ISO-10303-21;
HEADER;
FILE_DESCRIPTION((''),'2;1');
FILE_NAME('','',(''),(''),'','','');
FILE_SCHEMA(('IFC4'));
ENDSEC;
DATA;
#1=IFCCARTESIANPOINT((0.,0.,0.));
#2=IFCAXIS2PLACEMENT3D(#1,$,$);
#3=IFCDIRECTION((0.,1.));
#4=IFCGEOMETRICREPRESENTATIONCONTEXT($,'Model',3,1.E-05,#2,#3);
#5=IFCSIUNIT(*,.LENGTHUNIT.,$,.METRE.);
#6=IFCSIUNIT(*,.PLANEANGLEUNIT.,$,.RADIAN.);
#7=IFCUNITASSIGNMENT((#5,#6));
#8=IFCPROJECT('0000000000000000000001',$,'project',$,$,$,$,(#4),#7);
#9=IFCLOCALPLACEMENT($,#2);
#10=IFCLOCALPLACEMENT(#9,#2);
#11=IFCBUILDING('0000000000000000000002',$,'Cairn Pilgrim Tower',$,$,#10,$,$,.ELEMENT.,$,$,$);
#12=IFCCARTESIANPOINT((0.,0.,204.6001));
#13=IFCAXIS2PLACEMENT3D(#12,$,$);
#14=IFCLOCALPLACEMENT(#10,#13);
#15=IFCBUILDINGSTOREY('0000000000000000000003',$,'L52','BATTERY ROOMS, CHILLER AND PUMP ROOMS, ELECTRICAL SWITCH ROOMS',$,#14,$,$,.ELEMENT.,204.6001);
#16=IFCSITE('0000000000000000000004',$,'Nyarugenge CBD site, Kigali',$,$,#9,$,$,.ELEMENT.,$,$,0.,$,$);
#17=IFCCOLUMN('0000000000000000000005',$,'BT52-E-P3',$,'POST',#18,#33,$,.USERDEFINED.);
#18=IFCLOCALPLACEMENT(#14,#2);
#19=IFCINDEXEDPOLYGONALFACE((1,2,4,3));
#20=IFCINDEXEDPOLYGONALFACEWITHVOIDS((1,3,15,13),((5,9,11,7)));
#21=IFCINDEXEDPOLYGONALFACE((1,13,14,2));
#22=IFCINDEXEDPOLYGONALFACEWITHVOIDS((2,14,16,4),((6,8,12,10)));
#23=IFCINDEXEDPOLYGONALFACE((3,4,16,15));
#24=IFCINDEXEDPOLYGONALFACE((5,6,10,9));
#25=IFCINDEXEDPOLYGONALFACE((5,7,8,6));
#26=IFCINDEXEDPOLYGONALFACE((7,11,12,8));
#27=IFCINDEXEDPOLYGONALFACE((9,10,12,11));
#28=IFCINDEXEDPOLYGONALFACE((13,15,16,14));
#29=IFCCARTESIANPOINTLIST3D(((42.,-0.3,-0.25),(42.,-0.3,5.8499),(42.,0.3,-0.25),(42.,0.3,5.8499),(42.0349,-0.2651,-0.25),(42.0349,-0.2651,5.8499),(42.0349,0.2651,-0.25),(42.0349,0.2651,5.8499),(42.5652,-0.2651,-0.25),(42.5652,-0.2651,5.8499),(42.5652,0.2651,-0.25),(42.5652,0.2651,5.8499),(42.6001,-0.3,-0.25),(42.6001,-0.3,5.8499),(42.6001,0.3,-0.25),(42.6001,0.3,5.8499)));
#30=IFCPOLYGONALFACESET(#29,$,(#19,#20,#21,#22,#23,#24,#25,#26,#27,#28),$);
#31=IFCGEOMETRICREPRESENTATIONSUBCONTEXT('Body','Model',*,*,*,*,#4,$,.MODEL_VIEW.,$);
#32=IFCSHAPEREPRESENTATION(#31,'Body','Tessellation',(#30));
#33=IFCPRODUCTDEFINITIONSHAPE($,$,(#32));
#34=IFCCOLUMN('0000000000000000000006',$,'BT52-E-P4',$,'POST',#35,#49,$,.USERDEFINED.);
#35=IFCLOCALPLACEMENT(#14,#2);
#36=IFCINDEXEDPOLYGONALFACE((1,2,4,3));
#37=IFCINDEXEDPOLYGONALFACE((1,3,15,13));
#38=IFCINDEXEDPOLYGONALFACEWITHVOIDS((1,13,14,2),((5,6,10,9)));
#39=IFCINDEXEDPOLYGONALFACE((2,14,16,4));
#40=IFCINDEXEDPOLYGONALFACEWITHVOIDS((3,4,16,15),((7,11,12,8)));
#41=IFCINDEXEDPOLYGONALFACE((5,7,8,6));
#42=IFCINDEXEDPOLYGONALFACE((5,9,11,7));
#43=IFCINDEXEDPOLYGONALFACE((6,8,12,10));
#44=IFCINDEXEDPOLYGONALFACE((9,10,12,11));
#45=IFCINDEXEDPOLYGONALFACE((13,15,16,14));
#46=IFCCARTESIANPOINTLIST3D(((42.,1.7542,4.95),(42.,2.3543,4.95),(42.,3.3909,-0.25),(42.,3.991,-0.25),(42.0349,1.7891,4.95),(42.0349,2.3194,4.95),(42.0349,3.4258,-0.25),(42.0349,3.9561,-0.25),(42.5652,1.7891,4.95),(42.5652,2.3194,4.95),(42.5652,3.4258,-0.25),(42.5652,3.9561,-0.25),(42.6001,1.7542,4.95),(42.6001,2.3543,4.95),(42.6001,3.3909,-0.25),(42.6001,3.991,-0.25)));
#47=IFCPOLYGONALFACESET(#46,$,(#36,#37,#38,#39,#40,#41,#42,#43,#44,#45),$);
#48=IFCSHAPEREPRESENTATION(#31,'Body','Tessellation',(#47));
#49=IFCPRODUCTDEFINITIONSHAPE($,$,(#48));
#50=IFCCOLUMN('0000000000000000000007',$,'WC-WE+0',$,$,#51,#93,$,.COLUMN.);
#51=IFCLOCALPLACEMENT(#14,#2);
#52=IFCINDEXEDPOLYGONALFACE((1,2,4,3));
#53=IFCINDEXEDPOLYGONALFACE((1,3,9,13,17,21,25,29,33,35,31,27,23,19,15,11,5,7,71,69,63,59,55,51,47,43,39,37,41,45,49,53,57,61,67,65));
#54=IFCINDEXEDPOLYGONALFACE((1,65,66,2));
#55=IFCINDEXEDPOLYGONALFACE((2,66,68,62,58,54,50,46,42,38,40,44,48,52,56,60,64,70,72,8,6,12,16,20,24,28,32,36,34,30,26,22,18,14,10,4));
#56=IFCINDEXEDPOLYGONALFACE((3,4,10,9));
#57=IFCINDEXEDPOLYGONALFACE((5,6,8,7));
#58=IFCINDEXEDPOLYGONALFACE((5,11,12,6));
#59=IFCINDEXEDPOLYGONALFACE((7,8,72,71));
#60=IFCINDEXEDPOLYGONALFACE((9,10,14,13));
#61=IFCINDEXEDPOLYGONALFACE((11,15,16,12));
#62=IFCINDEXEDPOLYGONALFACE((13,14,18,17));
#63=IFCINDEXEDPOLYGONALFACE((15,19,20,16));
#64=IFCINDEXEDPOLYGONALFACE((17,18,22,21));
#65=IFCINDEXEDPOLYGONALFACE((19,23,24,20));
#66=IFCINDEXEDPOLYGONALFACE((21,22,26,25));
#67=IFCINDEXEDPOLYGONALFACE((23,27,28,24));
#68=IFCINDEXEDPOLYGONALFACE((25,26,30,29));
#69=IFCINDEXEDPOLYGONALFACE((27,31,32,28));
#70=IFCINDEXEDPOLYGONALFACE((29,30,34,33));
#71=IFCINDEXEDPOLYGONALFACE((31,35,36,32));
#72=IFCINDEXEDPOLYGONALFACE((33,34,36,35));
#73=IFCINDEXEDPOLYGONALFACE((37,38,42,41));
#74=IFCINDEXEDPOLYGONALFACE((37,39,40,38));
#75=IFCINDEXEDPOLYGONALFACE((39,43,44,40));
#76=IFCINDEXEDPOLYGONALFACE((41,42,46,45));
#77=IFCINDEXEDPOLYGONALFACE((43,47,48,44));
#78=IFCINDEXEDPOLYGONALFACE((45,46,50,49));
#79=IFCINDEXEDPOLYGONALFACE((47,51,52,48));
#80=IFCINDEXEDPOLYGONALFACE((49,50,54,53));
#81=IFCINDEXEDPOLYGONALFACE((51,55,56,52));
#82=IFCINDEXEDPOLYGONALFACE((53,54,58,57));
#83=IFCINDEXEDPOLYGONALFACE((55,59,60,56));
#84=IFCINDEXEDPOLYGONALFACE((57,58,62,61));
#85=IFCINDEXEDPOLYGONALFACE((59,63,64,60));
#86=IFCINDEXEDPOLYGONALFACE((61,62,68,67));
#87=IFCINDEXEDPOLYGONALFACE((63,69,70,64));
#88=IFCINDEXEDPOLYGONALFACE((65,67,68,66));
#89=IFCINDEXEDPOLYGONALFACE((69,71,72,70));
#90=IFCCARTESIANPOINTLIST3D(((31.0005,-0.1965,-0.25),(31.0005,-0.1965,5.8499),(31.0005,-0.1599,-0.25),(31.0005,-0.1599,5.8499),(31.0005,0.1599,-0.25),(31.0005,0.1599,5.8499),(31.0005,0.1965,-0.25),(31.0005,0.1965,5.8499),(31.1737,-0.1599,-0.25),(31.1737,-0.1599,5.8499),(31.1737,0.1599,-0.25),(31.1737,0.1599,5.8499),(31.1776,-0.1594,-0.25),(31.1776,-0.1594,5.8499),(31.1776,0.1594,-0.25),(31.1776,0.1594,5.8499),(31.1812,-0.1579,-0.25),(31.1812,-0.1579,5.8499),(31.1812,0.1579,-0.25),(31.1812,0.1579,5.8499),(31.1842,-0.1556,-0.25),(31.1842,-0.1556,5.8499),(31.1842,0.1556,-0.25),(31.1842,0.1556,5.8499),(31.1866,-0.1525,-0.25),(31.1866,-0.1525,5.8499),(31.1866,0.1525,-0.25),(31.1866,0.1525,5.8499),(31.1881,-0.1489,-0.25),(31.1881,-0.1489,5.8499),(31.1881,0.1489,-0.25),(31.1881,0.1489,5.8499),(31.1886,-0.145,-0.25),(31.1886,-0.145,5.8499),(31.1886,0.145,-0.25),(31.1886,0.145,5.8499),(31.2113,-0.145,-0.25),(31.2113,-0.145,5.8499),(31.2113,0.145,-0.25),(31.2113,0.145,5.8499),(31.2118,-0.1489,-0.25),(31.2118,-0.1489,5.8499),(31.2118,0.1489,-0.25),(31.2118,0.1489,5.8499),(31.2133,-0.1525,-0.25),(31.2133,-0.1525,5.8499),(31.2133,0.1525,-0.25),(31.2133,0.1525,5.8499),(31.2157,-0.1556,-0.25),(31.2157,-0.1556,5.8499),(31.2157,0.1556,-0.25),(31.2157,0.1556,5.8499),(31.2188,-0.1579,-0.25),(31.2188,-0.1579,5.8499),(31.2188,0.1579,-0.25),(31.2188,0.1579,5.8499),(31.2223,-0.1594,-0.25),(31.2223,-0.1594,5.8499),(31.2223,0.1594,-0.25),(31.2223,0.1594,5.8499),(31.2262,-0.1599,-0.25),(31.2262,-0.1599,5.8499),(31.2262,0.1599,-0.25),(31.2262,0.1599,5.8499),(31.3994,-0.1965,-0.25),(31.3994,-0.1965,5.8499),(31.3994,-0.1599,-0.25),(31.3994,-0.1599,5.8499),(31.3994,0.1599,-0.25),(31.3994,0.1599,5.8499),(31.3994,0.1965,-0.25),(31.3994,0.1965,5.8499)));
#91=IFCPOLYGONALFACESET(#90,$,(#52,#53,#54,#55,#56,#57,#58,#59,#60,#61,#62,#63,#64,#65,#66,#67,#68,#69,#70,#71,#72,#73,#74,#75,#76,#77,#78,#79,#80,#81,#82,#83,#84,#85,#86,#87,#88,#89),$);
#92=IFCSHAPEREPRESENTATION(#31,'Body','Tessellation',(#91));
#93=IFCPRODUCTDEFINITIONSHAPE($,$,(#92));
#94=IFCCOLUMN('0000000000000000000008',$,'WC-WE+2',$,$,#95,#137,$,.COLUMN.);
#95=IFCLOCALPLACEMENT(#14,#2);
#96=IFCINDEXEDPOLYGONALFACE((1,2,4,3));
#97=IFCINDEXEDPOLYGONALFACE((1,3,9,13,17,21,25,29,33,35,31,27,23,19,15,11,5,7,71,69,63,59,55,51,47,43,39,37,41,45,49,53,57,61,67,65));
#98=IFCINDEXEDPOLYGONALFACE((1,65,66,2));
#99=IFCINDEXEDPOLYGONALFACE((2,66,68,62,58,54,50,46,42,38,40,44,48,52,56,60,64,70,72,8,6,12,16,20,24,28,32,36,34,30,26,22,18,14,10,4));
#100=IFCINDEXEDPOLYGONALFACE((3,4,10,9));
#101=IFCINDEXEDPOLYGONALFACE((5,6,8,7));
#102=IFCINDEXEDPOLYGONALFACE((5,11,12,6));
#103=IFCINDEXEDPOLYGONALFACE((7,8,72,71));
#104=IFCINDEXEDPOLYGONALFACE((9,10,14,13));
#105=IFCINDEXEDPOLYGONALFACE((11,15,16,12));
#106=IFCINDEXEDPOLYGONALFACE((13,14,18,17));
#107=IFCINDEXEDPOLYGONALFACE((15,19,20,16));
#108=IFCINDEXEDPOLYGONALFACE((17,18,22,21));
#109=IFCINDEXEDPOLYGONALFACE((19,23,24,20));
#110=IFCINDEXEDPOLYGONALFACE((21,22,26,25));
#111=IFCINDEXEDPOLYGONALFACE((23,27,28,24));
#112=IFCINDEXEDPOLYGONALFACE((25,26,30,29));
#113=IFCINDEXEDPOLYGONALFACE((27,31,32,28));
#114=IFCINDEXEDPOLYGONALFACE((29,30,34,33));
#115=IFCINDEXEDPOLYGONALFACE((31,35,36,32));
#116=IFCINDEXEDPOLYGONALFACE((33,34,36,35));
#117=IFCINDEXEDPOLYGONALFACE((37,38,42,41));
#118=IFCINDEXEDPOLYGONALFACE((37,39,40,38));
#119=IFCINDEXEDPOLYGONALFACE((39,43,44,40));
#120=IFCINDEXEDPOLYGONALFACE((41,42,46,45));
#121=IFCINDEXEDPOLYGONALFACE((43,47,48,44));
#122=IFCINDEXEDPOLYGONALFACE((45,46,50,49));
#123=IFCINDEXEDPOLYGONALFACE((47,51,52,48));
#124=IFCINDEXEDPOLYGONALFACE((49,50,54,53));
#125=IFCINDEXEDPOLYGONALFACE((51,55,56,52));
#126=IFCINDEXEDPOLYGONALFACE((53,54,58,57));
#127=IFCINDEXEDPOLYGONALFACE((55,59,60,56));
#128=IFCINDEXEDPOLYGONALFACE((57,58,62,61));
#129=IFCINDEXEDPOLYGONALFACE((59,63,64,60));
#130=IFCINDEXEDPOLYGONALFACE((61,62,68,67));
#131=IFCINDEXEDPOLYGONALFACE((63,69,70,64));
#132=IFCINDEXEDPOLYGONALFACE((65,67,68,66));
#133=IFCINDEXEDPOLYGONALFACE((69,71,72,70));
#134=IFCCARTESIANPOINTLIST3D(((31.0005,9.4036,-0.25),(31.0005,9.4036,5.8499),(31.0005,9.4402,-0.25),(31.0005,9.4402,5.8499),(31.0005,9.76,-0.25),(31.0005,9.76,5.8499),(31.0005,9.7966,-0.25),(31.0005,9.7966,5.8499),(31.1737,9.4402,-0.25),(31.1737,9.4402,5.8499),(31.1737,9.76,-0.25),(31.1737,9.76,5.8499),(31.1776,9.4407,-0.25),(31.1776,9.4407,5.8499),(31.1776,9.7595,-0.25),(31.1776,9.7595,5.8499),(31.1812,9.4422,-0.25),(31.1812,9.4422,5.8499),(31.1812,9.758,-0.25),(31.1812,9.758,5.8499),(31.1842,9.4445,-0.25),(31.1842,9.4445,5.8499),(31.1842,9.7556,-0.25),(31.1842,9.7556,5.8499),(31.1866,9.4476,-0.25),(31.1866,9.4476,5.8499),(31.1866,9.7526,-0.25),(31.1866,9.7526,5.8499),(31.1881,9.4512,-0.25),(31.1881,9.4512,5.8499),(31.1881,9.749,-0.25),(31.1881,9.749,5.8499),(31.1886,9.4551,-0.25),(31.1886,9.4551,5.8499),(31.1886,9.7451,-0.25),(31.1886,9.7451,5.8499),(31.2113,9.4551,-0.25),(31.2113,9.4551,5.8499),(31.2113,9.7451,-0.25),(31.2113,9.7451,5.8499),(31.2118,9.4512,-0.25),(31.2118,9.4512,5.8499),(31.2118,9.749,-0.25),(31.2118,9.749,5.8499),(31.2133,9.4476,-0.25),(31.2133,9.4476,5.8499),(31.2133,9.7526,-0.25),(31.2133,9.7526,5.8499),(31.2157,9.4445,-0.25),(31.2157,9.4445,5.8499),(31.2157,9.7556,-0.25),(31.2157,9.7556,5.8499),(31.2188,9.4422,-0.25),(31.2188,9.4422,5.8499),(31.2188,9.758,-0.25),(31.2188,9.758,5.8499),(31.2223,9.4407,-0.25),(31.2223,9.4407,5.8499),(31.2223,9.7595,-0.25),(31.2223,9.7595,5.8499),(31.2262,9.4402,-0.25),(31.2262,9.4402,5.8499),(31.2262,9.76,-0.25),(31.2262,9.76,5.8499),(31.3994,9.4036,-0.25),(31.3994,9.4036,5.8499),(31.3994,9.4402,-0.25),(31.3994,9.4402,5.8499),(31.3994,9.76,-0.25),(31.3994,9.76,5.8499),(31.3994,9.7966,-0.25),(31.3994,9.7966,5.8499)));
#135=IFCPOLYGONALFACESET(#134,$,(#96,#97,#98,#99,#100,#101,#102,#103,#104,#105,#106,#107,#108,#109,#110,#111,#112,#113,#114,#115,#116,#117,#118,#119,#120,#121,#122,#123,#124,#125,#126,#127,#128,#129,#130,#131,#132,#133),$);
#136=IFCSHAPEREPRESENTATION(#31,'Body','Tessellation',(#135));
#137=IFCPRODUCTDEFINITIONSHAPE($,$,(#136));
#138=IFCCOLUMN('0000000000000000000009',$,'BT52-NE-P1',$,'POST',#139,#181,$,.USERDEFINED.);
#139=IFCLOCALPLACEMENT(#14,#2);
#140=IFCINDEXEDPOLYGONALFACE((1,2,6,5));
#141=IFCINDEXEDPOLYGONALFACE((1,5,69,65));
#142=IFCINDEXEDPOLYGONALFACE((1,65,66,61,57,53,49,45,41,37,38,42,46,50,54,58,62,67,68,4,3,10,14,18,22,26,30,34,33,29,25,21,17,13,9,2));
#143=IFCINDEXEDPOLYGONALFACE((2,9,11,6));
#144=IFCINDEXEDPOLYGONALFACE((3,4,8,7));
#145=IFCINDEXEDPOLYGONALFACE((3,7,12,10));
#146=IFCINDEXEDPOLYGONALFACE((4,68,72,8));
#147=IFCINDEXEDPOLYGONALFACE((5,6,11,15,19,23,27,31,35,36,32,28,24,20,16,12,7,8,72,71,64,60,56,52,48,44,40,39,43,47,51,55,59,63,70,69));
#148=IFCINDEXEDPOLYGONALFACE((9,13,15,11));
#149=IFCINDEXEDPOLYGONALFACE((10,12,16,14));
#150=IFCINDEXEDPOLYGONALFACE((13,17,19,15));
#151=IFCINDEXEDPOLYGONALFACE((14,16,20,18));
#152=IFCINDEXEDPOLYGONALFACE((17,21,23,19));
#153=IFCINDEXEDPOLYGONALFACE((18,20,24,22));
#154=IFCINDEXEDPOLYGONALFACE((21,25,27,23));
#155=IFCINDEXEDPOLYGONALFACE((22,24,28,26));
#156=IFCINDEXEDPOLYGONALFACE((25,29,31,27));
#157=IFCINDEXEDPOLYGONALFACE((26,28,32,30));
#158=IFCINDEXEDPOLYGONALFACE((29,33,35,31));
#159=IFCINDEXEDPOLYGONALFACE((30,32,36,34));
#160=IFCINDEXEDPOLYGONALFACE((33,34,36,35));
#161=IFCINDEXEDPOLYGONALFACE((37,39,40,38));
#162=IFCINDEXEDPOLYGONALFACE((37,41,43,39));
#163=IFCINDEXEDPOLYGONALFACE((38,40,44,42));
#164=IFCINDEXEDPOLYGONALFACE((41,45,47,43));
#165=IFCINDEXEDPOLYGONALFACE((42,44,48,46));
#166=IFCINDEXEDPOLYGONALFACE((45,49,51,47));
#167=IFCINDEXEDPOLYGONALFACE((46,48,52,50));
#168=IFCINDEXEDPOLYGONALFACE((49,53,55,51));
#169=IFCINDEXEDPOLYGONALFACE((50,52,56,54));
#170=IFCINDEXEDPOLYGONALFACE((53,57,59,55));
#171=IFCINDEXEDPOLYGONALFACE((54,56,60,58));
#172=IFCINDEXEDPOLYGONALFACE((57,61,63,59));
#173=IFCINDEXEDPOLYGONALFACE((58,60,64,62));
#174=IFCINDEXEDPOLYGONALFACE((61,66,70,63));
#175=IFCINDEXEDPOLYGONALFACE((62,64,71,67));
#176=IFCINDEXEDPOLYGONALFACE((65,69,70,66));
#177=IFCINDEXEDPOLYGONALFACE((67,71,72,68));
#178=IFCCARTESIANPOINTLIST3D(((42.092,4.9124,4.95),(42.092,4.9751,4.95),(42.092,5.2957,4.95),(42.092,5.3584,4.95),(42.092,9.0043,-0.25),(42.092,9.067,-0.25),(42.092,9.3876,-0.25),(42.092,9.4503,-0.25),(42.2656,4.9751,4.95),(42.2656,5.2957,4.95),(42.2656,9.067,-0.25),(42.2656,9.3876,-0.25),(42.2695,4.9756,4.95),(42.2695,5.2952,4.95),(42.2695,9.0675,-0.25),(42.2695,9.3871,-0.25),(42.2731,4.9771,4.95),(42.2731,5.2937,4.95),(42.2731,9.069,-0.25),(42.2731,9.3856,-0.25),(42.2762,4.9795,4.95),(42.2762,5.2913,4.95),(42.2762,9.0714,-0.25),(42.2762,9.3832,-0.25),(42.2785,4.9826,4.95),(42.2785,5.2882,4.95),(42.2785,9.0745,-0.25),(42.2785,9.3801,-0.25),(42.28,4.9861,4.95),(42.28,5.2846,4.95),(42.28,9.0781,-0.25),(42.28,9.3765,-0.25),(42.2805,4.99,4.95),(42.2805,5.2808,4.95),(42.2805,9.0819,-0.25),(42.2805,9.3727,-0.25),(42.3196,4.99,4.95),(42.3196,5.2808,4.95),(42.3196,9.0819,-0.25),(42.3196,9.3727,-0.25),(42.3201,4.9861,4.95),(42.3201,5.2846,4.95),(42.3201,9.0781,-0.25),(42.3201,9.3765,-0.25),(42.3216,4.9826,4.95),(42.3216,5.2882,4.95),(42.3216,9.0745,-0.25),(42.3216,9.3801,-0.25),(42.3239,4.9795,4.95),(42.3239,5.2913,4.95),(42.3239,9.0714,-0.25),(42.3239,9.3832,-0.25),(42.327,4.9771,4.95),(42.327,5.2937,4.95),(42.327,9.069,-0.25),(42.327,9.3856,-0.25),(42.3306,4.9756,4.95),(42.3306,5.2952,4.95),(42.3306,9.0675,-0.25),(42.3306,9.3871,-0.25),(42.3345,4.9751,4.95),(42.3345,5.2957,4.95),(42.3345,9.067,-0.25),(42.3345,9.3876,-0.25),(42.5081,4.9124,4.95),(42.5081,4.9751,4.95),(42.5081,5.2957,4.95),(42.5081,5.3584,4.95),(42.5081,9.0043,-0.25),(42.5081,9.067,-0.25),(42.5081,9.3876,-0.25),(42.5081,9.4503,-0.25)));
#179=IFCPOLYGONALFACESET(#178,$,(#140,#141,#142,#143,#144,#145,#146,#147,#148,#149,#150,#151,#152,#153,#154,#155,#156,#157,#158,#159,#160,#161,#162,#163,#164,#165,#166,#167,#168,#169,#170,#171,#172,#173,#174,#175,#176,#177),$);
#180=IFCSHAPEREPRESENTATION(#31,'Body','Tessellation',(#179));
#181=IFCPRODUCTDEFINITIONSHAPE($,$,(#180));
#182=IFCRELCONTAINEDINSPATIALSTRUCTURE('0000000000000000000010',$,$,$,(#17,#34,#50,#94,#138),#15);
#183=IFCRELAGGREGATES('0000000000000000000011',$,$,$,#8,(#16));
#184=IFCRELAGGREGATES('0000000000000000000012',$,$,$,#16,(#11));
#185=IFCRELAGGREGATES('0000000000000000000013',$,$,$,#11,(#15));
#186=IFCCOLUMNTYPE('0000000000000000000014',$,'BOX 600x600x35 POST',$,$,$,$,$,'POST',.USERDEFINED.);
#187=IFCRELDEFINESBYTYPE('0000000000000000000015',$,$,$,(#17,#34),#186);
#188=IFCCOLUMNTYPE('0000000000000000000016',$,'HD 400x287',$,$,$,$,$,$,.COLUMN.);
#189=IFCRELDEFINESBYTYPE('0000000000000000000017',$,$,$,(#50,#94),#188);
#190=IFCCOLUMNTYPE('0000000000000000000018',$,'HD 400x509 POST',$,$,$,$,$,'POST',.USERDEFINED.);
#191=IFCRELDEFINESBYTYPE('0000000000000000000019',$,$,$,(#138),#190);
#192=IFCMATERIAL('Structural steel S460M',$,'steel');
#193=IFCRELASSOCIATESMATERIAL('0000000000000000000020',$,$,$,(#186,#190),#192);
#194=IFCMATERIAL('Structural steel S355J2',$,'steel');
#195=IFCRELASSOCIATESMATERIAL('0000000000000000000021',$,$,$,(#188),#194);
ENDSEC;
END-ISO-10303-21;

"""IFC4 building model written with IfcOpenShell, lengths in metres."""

from ifc_helpers import new_model, si_unit, direction, frame, origin, origin_2d, place, context, subcontext, project, spatial, hollow_rectangle, i_section, extrude, clip, halfspace, material, material_profile, profile_set, type_object, element, save


model = new_model("IFC4")

# Units and contexts
model_context = context("Model", 3, precision=1e-05, world=origin(), true_north=direction((0.0, 1.0)))
body_context = subcontext(model_context, "Body", "Model", "MODEL_VIEW")
ifc_project = project(units=[si_unit("LENGTHUNIT", "METRE"), si_unit("PLANEANGLEUNIT", "RADIAN")], contexts=[model_context])

# Site, building, storey
site_placement = place(None, origin())
site = spatial("IfcSite", under=ifc_project, at=site_placement, Name="Nyarugenge CBD site, Kigali", CompositionType="ELEMENT", RefElevation=0.0)
building_placement = place(site_placement, origin())
building = spatial("IfcBuilding", under=site, at=building_placement, Name="Cairn Pilgrim Tower", CompositionType="ELEMENT")
storey_placement = place(building_placement, frame((0.0, 0.0, 204.6001)))
storey = spatial("IfcBuildingStorey", under=building, at=storey_placement, Name="L52", Description="BATTERY ROOMS, CHILLER AND PUMP ROOMS, ELECTRICAL SWITCH ROOMS", CompositionType="ELEMENT", Elevation=204.6001)

# Columns
ifc_material_1 = material(Name="Structural steel S460M", Category="steel")
ifc_material_profile_1 = material_profile(ifc_material_1, hollow_rectangle(XDim=0.6001, YDim=0.6001, WallThickness=0.0349, at=origin_2d()), Name="BOX 600x600x35")
ifc_profile_set_1 = profile_set([ifc_material_profile_1], Name="Structural steel S460M")
column_type_1 = type_object("IfcColumnType", Name="BOX 600x600x35 POST", ElementType="POST", PredefinedType="USERDEFINED", material=ifc_profile_set_1)
column_1_placement = place(storey_placement, frame((42.3, 0.0, -0.25), z_axis=(0.0, 0.0, 1.0), x_axis=(1.0, 0.0, 0.0)))
element("IfcColumn", 1, at=column_1_placement, inside=storey, type_object=column_type_1, Name="BT52-E-P3", ObjectType="POST", PredefinedType="USERDEFINED", context=body_context, shape_type="SweptSolid", body=[
    extrude(hollow_rectangle(XDim=0.6001, YDim=0.6001, WallThickness=0.0349, at=origin_2d()), origin(), (0.0, 0.0, 1.0), 6.0999),
])
column_2_placement = place(storey_placement, frame((42.3, 3.6909, -0.25), z_axis=(0.0, 0.0, 1.0), x_axis=(1.0, 0.0, 0.0)))
element("IfcColumn", 2, at=column_2_placement, inside=storey, type_object=column_type_1, Name="BT52-E-P4", ObjectType="POST", PredefinedType="USERDEFINED", context=body_context, shape_type="Clipping", body=[
    clip(extrude(hollow_rectangle(XDim=0.6001, YDim=0.6001, WallThickness=0.0349, at=origin_2d()), origin(), (0.0, -0.300229, 0.953867), 6.3948), halfspace(frame((0.0, 0.0, 5.2), z_axis=(0.0, 0.0, 1.0), x_axis=(1.0, 0.0, 0.0)), False)),
])
ifc_material_2 = material(Name="Structural steel S355J2", Category="steel")
ifc_material_profile_2 = material_profile(ifc_material_2, i_section(OverallWidth=0.3989, OverallDepth=0.3931, WebThickness=0.0227, FlangeThickness=0.0366, FilletRadius=0.0149, at=origin_2d()), Name="HD 400x287")
ifc_profile_set_2 = profile_set([ifc_material_profile_2], Name="Structural steel S355J2")
column_type_2 = type_object("IfcColumnType", Name="HD 400x287", PredefinedType="COLUMN", material=ifc_profile_set_2)
for number, where, z_axis, x_axis, name in (
    (3, (31.2, 0.0, -0.25), (0.0, 0.0, 1.0), (1.0, 0.0, 0.0), "WC-WE+0"),
    (4, (31.2, 9.6001, -0.25), (0.0, 0.0, 1.0), (1.0, 0.0, 0.0), "WC-WE+2"),
):
    element("IfcColumn", number, at=place(storey_placement, frame(where, z_axis=z_axis, x_axis=x_axis)), inside=storey, type_object=column_type_2, Name=name, PredefinedType="COLUMN", context=body_context, shape_type="SweptSolid", body=[
        extrude(i_section(OverallWidth=0.3989, OverallDepth=0.3931, WebThickness=0.0227, FlangeThickness=0.0366, FilletRadius=0.0149, at=origin_2d()), origin(), (0.0, 0.0, 1.0), 6.0999),
    ])
ifc_material_profile_3 = material_profile(ifc_material_1, i_section(OverallWidth=0.416, OverallDepth=0.446, WebThickness=0.0391, FlangeThickness=0.0627, FilletRadius=0.0149, at=origin_2d()), Name="HD 400x509")
ifc_profile_set_3 = profile_set([ifc_material_profile_3], Name="Structural steel S460M")
column_type_3 = type_object("IfcColumnType", Name="HD 400x509 POST", ElementType="POST", PredefinedType="USERDEFINED", material=ifc_profile_set_3)
column_3_placement = place(storey_placement, frame((42.3, 9.2273, -0.25), z_axis=(0.0, 0.0, 1.0), x_axis=(1.0, 0.0, 0.0)))
element("IfcColumn", 5, at=column_3_placement, inside=storey, type_object=column_type_3, Name="BT52-NE-P1", ObjectType="POST", PredefinedType="USERDEFINED", context=body_context, shape_type="Clipping", body=[
    clip(extrude(i_section(OverallWidth=0.416, OverallDepth=0.446, WebThickness=0.0391, FlangeThickness=0.0627, FilletRadius=0.0149, at=origin_2d()), origin(), (0.0, -0.618403, 0.785861), 7.762), halfspace(frame((0.0, 0.0, 5.2), z_axis=(0.0, 0.0, 1.0), x_axis=(1.0, 0.0, 0.0)), False)),
])

save(model, "model.ifc")
